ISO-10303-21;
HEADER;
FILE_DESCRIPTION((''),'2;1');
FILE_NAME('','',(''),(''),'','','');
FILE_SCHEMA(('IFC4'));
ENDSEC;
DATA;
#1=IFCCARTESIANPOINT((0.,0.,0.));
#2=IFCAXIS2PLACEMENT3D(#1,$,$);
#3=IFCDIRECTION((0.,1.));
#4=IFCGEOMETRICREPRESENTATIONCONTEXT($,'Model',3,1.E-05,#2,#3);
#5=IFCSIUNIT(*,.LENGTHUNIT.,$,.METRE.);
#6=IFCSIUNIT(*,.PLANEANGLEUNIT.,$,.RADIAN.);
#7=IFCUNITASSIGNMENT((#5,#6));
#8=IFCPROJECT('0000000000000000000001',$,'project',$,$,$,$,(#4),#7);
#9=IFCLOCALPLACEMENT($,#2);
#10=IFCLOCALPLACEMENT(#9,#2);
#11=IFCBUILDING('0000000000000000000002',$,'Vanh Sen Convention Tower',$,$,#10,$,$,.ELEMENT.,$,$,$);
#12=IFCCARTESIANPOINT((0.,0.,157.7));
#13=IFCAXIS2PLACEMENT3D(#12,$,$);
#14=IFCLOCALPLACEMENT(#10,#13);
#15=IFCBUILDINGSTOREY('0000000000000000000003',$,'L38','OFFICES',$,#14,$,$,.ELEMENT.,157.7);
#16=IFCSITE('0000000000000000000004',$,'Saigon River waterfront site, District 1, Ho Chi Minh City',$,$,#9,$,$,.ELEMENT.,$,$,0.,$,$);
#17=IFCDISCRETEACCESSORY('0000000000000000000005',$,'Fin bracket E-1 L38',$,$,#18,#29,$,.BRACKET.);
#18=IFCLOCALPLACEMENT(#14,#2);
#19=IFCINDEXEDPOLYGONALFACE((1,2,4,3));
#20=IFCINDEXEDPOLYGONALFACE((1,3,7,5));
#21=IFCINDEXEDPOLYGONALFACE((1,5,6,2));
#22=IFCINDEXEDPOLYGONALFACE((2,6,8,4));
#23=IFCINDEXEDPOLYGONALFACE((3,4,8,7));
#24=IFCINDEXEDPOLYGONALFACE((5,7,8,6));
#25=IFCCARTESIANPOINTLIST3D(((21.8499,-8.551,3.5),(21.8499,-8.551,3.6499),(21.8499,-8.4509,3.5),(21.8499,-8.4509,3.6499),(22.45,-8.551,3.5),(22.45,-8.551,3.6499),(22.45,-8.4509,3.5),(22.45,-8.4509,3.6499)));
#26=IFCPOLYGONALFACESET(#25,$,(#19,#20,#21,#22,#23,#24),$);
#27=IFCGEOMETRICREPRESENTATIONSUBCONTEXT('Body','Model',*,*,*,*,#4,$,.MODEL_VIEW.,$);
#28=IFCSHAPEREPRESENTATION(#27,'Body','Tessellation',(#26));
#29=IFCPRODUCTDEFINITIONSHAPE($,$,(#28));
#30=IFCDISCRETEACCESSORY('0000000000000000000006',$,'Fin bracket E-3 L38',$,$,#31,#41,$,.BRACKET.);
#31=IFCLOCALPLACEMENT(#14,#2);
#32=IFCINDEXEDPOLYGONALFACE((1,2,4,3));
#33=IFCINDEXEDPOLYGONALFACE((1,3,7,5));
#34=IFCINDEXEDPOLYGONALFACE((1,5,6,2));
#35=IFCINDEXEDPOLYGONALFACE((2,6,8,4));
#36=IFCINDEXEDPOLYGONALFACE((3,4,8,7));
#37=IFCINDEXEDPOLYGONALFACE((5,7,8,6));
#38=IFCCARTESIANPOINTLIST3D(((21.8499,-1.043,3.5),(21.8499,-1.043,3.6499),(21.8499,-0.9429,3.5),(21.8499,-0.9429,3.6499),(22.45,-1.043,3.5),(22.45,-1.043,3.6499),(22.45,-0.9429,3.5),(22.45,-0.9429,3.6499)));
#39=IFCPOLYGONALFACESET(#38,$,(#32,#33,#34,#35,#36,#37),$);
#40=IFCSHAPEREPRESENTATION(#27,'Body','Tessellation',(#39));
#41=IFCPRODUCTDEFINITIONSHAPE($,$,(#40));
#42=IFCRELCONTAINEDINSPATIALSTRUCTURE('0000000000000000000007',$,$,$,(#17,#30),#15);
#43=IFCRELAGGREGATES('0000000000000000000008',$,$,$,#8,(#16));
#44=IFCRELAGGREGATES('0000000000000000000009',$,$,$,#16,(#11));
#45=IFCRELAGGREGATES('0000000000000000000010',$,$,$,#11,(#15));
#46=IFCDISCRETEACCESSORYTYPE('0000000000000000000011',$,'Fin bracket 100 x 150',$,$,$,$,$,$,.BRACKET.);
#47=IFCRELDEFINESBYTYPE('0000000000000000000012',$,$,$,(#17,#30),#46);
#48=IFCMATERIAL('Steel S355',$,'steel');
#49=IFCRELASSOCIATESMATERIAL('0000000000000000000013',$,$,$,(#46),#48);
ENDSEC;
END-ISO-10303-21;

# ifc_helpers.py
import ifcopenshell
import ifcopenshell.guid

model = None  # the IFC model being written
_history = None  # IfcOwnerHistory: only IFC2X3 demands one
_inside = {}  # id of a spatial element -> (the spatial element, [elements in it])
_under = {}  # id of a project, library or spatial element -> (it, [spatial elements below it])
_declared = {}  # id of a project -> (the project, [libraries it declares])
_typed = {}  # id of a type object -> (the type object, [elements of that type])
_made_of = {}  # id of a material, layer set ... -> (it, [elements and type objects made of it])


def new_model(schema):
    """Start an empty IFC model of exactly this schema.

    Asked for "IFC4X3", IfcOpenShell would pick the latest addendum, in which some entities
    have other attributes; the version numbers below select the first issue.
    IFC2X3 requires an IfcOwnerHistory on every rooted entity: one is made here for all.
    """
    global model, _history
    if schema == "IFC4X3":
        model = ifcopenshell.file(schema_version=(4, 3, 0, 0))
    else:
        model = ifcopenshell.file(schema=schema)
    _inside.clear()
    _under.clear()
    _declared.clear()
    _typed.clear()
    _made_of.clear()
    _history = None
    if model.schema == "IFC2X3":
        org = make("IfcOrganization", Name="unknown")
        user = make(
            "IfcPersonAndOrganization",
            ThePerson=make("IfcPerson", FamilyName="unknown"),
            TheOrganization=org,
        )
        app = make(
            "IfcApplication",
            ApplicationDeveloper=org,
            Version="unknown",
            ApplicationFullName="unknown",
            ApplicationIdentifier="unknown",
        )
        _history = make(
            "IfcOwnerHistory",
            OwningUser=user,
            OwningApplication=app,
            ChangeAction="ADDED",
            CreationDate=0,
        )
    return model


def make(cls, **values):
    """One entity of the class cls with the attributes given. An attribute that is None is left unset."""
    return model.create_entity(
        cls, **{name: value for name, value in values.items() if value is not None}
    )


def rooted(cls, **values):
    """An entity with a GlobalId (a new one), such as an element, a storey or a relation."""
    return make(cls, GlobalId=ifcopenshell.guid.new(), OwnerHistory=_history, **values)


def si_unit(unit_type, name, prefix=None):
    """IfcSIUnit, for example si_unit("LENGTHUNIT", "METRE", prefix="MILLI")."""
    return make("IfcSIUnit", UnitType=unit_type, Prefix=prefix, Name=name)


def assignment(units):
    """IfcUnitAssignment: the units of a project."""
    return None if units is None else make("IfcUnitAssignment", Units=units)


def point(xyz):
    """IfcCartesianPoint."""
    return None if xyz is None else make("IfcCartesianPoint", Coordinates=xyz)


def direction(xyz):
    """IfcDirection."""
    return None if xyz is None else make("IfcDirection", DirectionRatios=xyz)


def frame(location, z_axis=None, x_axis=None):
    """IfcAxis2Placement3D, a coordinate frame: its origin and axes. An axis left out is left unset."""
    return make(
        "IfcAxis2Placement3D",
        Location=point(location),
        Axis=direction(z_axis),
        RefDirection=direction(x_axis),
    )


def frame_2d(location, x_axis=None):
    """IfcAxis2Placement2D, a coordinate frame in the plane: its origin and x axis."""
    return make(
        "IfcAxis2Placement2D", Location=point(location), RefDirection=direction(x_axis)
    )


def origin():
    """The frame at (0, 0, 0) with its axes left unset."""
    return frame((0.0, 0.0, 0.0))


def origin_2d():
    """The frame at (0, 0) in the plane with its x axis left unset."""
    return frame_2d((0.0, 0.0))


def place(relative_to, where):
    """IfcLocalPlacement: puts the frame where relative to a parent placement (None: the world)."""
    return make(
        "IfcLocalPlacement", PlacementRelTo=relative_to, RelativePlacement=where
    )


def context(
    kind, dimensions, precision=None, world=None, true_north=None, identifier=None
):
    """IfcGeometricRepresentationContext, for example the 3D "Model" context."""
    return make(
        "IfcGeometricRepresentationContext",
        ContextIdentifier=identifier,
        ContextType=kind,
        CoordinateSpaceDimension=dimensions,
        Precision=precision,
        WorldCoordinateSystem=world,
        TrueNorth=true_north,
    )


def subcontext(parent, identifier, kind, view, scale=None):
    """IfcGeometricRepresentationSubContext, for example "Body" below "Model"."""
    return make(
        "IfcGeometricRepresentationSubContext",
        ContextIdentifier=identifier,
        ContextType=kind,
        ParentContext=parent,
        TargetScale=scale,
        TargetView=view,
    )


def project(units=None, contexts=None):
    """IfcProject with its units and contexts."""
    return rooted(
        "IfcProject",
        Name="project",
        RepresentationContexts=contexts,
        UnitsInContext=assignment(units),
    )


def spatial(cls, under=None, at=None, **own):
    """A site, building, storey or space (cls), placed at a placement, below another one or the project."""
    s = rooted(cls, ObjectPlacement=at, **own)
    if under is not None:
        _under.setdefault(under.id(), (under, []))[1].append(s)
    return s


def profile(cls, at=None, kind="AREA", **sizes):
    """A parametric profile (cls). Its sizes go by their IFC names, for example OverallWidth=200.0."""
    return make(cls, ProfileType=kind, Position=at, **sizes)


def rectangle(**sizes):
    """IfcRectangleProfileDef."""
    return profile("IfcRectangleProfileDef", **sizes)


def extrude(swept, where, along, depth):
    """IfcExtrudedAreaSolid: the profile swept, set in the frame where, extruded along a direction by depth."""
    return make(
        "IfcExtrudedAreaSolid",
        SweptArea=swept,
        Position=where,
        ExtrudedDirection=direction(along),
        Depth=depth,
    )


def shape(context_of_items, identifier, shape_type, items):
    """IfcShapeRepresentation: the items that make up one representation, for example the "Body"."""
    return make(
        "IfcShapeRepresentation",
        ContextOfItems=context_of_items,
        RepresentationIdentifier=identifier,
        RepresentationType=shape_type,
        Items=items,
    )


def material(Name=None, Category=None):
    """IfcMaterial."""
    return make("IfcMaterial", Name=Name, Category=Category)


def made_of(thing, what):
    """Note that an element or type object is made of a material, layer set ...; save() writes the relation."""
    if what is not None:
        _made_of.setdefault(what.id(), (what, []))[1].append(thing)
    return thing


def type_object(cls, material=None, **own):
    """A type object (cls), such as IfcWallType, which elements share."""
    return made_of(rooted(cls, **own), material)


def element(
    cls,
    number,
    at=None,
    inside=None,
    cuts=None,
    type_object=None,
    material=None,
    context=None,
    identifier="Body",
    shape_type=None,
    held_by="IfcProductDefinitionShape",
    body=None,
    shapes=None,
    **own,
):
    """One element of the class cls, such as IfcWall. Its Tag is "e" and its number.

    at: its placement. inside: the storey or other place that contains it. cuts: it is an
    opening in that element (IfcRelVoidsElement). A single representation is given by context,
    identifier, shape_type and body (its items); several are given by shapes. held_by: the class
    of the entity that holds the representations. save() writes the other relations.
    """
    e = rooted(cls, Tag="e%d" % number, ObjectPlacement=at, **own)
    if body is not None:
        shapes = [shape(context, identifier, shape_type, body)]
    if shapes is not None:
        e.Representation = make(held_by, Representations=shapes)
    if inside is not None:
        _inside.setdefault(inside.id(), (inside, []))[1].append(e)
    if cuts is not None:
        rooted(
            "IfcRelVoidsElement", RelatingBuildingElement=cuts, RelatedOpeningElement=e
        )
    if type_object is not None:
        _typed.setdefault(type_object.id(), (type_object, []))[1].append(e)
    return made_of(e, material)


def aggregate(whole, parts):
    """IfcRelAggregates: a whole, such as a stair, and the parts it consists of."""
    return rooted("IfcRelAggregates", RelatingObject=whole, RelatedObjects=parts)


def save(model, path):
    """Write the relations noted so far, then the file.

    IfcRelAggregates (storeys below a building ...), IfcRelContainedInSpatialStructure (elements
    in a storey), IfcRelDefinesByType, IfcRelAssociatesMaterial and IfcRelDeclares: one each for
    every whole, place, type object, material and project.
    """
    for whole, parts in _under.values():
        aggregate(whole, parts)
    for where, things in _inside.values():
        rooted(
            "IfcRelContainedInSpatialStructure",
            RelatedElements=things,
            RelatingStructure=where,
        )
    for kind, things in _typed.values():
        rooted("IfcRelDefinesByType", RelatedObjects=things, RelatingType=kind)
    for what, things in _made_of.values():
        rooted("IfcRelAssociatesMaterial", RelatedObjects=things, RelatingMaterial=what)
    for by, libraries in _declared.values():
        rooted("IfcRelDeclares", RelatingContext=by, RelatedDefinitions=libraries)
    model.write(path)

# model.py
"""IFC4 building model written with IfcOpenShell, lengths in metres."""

from ifc_helpers import new_model, si_unit, direction, frame, origin, origin_2d, place, context, subcontext, project, spatial, rectangle, extrude, material, type_object, element, save


model = new_model("IFC4")

# Units and contexts
model_context = context("Model", 3, precision=1e-05, world=origin(), true_north=direction((0.0, 1.0)))
body_context = subcontext(model_context, "Body", "Model", "MODEL_VIEW")
ifc_project = project(units=[si_unit("LENGTHUNIT", "METRE"), si_unit("PLANEANGLEUNIT", "RADIAN")], contexts=[model_context])

# Site, building, storey
site_placement = place(None, origin())
site = spatial("IfcSite", under=ifc_project, at=site_placement, Name="Saigon River waterfront site, District 1, Ho Chi Minh City", CompositionType="ELEMENT", RefElevation=0.0)
building_placement = place(site_placement, origin())
building = spatial("IfcBuilding", under=site, at=building_placement, Name="Vanh Sen Convention Tower", CompositionType="ELEMENT")
storey_placement = place(building_placement, frame((0.0, 0.0, 157.7)))
storey = spatial("IfcBuildingStorey", under=building, at=storey_placement, Name="L38", Description="OFFICES", CompositionType="ELEMENT", Elevation=157.7)

# Discrete accessories
ifc_material_1 = material(Name="Steel S355", Category="steel")
discrete_accessory_type = type_object("IfcDiscreteAccessoryType", Name="Fin bracket 100 x 150", PredefinedType="BRACKET", material=ifc_material_1)
for number, where, z_axis, x_axis, name in (
    (1, (22.1499, -8.501, 3.5), (0.0, 0.0, 1.0), (1.0, 0.0, 0.0), "Fin bracket E-1 L38"),
    (2, (22.1499, -0.9929, 3.5), (0.0, 0.0, 1.0), (1.0, 0.0, 0.0), "Fin bracket E-3 L38"),
):
    element("IfcDiscreteAccessory", number, at=place(storey_placement, frame(where, z_axis=z_axis, x_axis=x_axis)), inside=storey, type_object=discrete_accessory_type, Name=name, PredefinedType="BRACKET", context=body_context, shape_type="SweptSolid", body=[
        extrude(rectangle(XDim=0.6001, YDim=0.1001, at=origin_2d()), origin(), (0.0, 0.0, 1.0), 0.1499),
    ])

save(model, "model.ifc")
